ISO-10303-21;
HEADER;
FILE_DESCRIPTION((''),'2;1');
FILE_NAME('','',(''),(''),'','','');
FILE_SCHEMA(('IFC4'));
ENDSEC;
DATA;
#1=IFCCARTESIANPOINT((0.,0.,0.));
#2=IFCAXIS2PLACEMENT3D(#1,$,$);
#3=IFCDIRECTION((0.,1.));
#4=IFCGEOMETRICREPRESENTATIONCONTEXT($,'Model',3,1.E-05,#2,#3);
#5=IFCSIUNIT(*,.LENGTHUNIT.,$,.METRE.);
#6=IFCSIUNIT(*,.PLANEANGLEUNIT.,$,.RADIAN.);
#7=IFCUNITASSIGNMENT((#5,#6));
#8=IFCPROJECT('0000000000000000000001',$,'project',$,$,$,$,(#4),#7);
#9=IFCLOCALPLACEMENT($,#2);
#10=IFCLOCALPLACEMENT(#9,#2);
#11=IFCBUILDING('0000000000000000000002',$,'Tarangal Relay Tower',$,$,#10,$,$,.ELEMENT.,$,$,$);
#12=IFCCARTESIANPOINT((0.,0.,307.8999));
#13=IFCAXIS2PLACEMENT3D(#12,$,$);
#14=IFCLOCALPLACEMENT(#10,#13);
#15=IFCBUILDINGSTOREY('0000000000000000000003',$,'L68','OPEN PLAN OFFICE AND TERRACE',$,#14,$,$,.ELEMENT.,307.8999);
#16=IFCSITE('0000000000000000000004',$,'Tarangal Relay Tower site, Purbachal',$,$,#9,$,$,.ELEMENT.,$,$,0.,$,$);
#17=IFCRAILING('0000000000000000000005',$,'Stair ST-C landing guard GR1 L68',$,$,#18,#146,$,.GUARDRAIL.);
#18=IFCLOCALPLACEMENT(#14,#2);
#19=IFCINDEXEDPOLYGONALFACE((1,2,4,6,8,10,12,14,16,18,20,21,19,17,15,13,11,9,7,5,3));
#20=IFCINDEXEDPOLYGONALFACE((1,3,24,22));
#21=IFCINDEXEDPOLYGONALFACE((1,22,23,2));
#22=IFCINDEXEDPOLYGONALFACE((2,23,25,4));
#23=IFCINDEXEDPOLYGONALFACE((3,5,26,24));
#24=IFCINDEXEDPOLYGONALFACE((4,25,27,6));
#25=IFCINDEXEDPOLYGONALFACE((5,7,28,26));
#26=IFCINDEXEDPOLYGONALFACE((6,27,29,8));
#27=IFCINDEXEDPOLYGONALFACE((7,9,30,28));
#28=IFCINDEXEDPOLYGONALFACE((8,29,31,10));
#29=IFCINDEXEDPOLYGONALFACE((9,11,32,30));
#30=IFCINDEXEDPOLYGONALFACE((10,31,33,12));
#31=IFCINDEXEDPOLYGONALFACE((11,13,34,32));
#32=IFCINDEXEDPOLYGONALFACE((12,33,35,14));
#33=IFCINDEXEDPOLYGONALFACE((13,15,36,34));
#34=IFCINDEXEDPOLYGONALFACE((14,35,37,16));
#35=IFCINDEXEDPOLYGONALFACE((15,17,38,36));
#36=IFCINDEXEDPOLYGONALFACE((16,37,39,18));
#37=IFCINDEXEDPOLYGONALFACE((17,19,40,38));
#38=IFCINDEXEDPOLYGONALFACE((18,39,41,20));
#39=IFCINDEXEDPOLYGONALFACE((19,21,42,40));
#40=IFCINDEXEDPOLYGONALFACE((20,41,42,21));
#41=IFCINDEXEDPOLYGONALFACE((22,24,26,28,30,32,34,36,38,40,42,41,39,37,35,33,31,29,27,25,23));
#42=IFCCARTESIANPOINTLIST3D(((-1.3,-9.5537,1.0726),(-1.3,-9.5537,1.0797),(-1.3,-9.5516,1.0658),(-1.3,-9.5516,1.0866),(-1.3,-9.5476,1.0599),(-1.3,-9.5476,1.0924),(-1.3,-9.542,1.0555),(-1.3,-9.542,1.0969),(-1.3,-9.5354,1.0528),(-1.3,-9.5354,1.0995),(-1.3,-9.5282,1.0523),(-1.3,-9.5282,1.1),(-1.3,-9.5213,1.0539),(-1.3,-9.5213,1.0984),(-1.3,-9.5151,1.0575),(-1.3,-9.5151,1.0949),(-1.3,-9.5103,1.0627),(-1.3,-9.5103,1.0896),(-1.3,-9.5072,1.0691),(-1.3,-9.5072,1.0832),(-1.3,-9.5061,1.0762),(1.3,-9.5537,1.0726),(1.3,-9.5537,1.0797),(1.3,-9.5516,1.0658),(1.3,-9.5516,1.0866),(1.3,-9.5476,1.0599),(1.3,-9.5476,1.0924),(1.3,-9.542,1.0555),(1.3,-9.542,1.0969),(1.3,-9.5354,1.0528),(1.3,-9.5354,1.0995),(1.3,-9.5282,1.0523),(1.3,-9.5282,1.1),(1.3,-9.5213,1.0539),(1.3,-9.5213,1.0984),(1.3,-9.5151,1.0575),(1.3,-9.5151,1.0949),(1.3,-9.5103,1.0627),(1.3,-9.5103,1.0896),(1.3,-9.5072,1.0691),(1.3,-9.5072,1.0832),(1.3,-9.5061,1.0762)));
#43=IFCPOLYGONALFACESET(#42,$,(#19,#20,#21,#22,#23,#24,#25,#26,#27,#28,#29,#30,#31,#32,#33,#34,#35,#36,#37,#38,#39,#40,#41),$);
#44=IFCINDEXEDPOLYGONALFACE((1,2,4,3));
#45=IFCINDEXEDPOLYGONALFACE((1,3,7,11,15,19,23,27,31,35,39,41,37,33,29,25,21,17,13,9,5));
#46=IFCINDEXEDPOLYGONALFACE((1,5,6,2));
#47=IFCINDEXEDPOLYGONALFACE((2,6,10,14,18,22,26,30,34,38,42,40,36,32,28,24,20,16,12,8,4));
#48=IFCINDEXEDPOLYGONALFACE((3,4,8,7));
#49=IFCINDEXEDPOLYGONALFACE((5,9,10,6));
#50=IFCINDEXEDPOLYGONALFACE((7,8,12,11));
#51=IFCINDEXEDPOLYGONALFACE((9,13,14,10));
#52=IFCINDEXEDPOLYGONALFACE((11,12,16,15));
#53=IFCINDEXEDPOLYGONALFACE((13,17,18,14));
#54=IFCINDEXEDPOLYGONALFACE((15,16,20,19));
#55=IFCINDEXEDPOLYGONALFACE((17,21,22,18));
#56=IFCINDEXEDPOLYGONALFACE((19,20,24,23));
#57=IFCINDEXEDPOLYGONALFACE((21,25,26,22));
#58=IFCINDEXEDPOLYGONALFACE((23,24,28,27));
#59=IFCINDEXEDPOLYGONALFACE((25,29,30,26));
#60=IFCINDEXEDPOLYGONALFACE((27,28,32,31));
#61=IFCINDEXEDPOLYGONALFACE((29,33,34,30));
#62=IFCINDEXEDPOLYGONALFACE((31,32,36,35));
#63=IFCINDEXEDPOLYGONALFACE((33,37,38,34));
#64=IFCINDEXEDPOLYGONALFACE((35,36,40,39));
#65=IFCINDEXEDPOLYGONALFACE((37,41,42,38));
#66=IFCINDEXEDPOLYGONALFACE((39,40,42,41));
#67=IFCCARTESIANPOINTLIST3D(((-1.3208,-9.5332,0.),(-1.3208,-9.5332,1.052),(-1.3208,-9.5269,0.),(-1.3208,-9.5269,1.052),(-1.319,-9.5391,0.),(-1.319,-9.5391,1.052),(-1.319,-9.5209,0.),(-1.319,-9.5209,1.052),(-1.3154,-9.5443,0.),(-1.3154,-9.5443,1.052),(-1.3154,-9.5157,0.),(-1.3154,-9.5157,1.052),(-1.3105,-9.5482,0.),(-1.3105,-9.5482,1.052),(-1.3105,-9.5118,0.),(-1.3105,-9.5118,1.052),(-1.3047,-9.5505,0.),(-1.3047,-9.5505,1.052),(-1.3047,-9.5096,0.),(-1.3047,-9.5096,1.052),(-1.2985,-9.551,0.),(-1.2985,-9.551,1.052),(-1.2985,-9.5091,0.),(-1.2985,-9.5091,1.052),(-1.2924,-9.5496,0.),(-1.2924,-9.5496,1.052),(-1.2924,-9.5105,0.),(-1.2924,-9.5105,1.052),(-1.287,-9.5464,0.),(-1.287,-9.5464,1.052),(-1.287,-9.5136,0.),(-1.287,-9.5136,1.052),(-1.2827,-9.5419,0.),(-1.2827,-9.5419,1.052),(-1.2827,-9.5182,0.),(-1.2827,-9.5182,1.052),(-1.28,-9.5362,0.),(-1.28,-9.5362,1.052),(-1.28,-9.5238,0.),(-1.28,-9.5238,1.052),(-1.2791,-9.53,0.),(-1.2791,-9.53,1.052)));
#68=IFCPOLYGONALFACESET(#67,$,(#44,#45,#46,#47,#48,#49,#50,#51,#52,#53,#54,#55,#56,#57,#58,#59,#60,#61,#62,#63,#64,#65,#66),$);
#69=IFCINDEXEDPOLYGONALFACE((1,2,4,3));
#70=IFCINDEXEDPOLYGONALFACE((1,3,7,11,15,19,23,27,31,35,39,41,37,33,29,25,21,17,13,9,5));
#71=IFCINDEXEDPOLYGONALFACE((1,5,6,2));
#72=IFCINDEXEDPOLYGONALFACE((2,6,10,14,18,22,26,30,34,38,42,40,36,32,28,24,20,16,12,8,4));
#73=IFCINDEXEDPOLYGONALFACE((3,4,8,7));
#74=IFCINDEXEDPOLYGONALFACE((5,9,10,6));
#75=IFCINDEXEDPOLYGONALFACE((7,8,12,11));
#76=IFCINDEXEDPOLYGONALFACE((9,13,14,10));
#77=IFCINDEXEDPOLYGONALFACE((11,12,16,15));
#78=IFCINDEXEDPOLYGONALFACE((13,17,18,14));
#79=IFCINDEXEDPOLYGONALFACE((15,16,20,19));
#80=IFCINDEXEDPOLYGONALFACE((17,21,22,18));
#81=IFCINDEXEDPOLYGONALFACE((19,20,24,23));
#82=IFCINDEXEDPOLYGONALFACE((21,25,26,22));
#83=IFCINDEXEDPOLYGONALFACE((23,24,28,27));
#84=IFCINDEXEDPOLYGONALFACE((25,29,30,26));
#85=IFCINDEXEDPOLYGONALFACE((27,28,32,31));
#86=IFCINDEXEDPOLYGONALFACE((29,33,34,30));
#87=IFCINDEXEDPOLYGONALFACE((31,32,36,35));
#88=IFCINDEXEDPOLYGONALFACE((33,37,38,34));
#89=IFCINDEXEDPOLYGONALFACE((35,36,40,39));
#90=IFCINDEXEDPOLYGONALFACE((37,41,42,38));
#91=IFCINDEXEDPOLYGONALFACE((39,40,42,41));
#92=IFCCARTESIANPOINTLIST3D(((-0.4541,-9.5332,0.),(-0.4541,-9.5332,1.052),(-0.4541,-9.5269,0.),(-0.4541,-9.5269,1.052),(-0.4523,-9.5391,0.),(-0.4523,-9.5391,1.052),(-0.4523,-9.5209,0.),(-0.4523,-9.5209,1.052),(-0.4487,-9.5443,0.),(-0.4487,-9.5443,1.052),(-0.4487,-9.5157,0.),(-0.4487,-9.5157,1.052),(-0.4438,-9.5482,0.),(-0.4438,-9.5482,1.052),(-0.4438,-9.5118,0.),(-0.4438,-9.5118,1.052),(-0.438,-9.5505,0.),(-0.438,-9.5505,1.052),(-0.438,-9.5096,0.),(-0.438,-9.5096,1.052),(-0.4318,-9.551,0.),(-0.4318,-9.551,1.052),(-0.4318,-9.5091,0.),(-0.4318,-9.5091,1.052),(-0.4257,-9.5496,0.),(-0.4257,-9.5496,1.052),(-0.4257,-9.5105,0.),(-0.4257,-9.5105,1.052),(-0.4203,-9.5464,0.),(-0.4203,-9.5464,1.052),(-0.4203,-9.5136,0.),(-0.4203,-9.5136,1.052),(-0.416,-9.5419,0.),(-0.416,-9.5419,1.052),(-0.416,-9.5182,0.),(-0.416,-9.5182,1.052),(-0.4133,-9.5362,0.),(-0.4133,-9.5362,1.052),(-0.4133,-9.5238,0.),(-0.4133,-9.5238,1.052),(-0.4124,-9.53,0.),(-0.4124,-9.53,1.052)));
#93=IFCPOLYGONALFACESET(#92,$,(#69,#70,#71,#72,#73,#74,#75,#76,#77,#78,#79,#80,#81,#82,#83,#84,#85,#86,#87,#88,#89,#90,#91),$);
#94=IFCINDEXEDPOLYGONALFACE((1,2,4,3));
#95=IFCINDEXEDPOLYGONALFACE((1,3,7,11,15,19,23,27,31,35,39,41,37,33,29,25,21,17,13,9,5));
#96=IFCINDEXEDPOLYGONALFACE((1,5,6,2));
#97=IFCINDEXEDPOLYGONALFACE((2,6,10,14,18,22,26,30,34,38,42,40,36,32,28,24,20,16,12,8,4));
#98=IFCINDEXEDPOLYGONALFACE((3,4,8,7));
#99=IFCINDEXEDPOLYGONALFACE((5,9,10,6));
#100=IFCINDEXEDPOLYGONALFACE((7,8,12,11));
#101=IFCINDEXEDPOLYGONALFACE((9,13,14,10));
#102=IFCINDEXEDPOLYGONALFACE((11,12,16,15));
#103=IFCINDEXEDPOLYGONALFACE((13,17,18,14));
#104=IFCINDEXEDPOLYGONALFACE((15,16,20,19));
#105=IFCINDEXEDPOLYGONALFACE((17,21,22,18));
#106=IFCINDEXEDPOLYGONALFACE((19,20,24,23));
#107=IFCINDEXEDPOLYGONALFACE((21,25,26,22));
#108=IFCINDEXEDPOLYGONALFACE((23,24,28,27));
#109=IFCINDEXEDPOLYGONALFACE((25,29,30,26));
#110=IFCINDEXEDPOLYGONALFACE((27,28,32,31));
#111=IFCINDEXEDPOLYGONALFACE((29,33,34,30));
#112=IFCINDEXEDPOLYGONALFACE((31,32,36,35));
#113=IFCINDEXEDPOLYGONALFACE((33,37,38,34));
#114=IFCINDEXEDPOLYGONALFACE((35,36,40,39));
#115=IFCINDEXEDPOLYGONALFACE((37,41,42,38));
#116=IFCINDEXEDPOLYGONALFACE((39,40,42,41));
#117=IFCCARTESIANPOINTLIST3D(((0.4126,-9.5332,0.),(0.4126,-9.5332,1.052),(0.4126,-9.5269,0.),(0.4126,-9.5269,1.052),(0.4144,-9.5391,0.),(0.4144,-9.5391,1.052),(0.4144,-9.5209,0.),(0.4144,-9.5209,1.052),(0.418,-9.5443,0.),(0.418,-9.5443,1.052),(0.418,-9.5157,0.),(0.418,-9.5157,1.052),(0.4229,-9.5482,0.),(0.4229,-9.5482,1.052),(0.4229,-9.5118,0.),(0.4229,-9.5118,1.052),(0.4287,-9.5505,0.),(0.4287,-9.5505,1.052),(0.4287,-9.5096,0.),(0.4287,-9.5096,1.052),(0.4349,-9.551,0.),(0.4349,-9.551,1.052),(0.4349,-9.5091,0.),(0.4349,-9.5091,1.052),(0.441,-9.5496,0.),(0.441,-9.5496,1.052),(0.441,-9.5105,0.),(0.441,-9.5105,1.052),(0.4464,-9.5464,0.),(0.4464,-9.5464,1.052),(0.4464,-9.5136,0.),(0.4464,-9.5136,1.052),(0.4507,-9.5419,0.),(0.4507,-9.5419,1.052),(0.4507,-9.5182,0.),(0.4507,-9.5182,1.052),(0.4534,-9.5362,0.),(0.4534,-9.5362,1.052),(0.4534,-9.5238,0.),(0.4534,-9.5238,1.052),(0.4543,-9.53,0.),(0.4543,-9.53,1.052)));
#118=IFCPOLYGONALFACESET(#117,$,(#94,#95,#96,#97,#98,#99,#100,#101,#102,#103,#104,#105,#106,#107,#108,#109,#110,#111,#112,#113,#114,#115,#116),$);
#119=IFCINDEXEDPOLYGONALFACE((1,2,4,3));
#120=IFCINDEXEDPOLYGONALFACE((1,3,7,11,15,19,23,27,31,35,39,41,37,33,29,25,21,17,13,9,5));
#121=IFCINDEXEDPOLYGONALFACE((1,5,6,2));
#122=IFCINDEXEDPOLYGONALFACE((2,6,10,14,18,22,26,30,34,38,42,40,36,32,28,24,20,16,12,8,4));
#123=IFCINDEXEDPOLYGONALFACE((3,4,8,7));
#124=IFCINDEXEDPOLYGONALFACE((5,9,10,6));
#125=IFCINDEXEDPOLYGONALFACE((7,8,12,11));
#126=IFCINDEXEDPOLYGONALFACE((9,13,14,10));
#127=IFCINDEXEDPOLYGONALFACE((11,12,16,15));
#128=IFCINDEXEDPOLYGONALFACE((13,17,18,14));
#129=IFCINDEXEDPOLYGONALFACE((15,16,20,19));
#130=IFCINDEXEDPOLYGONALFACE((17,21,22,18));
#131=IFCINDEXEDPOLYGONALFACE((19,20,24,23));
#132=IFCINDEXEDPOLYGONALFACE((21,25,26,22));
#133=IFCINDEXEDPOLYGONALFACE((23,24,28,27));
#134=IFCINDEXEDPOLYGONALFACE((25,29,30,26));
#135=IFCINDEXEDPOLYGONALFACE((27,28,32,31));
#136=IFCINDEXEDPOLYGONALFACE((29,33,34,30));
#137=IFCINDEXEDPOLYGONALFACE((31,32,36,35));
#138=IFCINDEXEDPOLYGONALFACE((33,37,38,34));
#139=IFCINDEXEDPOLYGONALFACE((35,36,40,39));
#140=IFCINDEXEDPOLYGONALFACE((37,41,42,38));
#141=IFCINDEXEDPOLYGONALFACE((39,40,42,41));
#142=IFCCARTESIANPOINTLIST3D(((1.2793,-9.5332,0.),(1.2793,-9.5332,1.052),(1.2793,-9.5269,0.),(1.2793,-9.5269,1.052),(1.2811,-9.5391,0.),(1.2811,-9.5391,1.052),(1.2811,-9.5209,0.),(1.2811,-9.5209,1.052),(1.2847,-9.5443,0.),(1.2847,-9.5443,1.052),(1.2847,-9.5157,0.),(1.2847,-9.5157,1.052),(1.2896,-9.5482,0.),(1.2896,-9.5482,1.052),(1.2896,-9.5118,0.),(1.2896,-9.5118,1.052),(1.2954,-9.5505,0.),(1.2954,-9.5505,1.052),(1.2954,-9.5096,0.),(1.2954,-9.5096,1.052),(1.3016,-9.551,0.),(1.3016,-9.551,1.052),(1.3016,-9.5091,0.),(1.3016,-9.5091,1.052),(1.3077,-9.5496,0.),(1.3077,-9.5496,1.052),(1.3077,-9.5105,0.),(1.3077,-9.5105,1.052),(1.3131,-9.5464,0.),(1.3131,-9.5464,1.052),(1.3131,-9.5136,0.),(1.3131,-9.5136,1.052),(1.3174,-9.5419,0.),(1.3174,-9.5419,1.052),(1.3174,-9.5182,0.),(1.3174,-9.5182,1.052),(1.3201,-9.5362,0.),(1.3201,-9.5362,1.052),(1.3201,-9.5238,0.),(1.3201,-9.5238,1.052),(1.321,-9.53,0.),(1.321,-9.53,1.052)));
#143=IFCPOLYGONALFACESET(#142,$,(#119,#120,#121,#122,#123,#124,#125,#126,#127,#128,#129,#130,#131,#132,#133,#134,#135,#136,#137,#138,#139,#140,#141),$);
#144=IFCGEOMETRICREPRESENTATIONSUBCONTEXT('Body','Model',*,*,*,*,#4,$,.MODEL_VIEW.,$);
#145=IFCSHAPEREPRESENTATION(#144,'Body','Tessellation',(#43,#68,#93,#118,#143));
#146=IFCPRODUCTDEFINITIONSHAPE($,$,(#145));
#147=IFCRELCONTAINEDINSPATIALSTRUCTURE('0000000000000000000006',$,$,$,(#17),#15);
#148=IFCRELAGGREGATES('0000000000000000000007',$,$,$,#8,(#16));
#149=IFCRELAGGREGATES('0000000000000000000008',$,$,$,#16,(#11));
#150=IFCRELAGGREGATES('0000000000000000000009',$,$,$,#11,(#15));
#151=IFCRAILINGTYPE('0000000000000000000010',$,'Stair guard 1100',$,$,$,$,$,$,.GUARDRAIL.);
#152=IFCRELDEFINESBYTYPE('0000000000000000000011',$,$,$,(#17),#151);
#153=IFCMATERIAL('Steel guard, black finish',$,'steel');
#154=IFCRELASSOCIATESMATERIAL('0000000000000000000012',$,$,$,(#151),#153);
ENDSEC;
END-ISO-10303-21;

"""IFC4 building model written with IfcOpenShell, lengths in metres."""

from ifc_helpers import new_model, si_unit, direction, frame, origin, origin_2d, place, context, subcontext, project, spatial, circle, extrude, material, type_object, element, save


model = new_model("IFC4")

# Units and contexts
model_context = context("Model", 3, precision=1e-05, world=origin(), true_north=direction((0.0, 1.0)))
body_context = subcontext(model_context, "Body", "Model", "MODEL_VIEW")
ifc_project = project(units=[si_unit("LENGTHUNIT", "METRE"), si_unit("PLANEANGLEUNIT", "RADIAN")], contexts=[model_context])

# Site, building, storey
site_placement = place(None, origin())
site = spatial("IfcSite", under=ifc_project, at=site_placement, Name="Tarangal Relay Tower site, Purbachal", CompositionType="ELEMENT", RefElevation=0.0)
building_placement = place(site_placement, origin())
building = spatial("IfcBuilding", under=site, at=building_placement, Name="Tarangal Relay Tower", CompositionType="ELEMENT")
storey_placement = place(building_placement, frame((0.0, 0.0, 307.8999)))
storey = spatial("IfcBuildingStorey", under=building, at=storey_placement, Name="L68", Description="OPEN PLAN OFFICE AND TERRACE", CompositionType="ELEMENT", Elevation=307.8999)

# Railing
ifc_material_1 = material(Name="Steel guard, black finish", Category="steel")
railing_type_1 = type_object("IfcRailingType", Name="Stair guard 1100", PredefinedType="GUARDRAIL", material=ifc_material_1)
railing_1_placement = place(storey_placement, frame((-1.3, -9.53, 0.0)))
element("IfcRailing", 1, at=railing_1_placement, inside=storey, type_object=railing_type_1, Name="Stair ST-C landing guard GR1 L68", PredefinedType="GUARDRAIL", context=body_context, shape_type="SweptSolid", body=[
    extrude(circle(Radius=0.0239, at=origin_2d()), frame((0.0, 0.0, 1.0762), z_axis=(1.0, 0.0, 0.0), x_axis=(0.0, 1.0, 0.0)), (0.0, 0.0, 1.0), 2.6001),
    extrude(circle(Radius=0.021, at=origin_2d()), origin(), (0.0, 0.0, 1.0), 1.052),
    extrude(circle(Radius=0.021, at=origin_2d()), frame((0.8667, 0.0, 0.0)), (0.0, 0.0, 1.0), 1.052),
    extrude(circle(Radius=0.021, at=origin_2d()), frame((1.7334, 0.0, 0.0)), (0.0, 0.0, 1.0), 1.052),
    extrude(circle(Radius=0.021, at=origin_2d()), frame((2.6001, 0.0, 0.0)), (0.0, 0.0, 1.0), 1.052),
])

save(model, "model.ifc")
